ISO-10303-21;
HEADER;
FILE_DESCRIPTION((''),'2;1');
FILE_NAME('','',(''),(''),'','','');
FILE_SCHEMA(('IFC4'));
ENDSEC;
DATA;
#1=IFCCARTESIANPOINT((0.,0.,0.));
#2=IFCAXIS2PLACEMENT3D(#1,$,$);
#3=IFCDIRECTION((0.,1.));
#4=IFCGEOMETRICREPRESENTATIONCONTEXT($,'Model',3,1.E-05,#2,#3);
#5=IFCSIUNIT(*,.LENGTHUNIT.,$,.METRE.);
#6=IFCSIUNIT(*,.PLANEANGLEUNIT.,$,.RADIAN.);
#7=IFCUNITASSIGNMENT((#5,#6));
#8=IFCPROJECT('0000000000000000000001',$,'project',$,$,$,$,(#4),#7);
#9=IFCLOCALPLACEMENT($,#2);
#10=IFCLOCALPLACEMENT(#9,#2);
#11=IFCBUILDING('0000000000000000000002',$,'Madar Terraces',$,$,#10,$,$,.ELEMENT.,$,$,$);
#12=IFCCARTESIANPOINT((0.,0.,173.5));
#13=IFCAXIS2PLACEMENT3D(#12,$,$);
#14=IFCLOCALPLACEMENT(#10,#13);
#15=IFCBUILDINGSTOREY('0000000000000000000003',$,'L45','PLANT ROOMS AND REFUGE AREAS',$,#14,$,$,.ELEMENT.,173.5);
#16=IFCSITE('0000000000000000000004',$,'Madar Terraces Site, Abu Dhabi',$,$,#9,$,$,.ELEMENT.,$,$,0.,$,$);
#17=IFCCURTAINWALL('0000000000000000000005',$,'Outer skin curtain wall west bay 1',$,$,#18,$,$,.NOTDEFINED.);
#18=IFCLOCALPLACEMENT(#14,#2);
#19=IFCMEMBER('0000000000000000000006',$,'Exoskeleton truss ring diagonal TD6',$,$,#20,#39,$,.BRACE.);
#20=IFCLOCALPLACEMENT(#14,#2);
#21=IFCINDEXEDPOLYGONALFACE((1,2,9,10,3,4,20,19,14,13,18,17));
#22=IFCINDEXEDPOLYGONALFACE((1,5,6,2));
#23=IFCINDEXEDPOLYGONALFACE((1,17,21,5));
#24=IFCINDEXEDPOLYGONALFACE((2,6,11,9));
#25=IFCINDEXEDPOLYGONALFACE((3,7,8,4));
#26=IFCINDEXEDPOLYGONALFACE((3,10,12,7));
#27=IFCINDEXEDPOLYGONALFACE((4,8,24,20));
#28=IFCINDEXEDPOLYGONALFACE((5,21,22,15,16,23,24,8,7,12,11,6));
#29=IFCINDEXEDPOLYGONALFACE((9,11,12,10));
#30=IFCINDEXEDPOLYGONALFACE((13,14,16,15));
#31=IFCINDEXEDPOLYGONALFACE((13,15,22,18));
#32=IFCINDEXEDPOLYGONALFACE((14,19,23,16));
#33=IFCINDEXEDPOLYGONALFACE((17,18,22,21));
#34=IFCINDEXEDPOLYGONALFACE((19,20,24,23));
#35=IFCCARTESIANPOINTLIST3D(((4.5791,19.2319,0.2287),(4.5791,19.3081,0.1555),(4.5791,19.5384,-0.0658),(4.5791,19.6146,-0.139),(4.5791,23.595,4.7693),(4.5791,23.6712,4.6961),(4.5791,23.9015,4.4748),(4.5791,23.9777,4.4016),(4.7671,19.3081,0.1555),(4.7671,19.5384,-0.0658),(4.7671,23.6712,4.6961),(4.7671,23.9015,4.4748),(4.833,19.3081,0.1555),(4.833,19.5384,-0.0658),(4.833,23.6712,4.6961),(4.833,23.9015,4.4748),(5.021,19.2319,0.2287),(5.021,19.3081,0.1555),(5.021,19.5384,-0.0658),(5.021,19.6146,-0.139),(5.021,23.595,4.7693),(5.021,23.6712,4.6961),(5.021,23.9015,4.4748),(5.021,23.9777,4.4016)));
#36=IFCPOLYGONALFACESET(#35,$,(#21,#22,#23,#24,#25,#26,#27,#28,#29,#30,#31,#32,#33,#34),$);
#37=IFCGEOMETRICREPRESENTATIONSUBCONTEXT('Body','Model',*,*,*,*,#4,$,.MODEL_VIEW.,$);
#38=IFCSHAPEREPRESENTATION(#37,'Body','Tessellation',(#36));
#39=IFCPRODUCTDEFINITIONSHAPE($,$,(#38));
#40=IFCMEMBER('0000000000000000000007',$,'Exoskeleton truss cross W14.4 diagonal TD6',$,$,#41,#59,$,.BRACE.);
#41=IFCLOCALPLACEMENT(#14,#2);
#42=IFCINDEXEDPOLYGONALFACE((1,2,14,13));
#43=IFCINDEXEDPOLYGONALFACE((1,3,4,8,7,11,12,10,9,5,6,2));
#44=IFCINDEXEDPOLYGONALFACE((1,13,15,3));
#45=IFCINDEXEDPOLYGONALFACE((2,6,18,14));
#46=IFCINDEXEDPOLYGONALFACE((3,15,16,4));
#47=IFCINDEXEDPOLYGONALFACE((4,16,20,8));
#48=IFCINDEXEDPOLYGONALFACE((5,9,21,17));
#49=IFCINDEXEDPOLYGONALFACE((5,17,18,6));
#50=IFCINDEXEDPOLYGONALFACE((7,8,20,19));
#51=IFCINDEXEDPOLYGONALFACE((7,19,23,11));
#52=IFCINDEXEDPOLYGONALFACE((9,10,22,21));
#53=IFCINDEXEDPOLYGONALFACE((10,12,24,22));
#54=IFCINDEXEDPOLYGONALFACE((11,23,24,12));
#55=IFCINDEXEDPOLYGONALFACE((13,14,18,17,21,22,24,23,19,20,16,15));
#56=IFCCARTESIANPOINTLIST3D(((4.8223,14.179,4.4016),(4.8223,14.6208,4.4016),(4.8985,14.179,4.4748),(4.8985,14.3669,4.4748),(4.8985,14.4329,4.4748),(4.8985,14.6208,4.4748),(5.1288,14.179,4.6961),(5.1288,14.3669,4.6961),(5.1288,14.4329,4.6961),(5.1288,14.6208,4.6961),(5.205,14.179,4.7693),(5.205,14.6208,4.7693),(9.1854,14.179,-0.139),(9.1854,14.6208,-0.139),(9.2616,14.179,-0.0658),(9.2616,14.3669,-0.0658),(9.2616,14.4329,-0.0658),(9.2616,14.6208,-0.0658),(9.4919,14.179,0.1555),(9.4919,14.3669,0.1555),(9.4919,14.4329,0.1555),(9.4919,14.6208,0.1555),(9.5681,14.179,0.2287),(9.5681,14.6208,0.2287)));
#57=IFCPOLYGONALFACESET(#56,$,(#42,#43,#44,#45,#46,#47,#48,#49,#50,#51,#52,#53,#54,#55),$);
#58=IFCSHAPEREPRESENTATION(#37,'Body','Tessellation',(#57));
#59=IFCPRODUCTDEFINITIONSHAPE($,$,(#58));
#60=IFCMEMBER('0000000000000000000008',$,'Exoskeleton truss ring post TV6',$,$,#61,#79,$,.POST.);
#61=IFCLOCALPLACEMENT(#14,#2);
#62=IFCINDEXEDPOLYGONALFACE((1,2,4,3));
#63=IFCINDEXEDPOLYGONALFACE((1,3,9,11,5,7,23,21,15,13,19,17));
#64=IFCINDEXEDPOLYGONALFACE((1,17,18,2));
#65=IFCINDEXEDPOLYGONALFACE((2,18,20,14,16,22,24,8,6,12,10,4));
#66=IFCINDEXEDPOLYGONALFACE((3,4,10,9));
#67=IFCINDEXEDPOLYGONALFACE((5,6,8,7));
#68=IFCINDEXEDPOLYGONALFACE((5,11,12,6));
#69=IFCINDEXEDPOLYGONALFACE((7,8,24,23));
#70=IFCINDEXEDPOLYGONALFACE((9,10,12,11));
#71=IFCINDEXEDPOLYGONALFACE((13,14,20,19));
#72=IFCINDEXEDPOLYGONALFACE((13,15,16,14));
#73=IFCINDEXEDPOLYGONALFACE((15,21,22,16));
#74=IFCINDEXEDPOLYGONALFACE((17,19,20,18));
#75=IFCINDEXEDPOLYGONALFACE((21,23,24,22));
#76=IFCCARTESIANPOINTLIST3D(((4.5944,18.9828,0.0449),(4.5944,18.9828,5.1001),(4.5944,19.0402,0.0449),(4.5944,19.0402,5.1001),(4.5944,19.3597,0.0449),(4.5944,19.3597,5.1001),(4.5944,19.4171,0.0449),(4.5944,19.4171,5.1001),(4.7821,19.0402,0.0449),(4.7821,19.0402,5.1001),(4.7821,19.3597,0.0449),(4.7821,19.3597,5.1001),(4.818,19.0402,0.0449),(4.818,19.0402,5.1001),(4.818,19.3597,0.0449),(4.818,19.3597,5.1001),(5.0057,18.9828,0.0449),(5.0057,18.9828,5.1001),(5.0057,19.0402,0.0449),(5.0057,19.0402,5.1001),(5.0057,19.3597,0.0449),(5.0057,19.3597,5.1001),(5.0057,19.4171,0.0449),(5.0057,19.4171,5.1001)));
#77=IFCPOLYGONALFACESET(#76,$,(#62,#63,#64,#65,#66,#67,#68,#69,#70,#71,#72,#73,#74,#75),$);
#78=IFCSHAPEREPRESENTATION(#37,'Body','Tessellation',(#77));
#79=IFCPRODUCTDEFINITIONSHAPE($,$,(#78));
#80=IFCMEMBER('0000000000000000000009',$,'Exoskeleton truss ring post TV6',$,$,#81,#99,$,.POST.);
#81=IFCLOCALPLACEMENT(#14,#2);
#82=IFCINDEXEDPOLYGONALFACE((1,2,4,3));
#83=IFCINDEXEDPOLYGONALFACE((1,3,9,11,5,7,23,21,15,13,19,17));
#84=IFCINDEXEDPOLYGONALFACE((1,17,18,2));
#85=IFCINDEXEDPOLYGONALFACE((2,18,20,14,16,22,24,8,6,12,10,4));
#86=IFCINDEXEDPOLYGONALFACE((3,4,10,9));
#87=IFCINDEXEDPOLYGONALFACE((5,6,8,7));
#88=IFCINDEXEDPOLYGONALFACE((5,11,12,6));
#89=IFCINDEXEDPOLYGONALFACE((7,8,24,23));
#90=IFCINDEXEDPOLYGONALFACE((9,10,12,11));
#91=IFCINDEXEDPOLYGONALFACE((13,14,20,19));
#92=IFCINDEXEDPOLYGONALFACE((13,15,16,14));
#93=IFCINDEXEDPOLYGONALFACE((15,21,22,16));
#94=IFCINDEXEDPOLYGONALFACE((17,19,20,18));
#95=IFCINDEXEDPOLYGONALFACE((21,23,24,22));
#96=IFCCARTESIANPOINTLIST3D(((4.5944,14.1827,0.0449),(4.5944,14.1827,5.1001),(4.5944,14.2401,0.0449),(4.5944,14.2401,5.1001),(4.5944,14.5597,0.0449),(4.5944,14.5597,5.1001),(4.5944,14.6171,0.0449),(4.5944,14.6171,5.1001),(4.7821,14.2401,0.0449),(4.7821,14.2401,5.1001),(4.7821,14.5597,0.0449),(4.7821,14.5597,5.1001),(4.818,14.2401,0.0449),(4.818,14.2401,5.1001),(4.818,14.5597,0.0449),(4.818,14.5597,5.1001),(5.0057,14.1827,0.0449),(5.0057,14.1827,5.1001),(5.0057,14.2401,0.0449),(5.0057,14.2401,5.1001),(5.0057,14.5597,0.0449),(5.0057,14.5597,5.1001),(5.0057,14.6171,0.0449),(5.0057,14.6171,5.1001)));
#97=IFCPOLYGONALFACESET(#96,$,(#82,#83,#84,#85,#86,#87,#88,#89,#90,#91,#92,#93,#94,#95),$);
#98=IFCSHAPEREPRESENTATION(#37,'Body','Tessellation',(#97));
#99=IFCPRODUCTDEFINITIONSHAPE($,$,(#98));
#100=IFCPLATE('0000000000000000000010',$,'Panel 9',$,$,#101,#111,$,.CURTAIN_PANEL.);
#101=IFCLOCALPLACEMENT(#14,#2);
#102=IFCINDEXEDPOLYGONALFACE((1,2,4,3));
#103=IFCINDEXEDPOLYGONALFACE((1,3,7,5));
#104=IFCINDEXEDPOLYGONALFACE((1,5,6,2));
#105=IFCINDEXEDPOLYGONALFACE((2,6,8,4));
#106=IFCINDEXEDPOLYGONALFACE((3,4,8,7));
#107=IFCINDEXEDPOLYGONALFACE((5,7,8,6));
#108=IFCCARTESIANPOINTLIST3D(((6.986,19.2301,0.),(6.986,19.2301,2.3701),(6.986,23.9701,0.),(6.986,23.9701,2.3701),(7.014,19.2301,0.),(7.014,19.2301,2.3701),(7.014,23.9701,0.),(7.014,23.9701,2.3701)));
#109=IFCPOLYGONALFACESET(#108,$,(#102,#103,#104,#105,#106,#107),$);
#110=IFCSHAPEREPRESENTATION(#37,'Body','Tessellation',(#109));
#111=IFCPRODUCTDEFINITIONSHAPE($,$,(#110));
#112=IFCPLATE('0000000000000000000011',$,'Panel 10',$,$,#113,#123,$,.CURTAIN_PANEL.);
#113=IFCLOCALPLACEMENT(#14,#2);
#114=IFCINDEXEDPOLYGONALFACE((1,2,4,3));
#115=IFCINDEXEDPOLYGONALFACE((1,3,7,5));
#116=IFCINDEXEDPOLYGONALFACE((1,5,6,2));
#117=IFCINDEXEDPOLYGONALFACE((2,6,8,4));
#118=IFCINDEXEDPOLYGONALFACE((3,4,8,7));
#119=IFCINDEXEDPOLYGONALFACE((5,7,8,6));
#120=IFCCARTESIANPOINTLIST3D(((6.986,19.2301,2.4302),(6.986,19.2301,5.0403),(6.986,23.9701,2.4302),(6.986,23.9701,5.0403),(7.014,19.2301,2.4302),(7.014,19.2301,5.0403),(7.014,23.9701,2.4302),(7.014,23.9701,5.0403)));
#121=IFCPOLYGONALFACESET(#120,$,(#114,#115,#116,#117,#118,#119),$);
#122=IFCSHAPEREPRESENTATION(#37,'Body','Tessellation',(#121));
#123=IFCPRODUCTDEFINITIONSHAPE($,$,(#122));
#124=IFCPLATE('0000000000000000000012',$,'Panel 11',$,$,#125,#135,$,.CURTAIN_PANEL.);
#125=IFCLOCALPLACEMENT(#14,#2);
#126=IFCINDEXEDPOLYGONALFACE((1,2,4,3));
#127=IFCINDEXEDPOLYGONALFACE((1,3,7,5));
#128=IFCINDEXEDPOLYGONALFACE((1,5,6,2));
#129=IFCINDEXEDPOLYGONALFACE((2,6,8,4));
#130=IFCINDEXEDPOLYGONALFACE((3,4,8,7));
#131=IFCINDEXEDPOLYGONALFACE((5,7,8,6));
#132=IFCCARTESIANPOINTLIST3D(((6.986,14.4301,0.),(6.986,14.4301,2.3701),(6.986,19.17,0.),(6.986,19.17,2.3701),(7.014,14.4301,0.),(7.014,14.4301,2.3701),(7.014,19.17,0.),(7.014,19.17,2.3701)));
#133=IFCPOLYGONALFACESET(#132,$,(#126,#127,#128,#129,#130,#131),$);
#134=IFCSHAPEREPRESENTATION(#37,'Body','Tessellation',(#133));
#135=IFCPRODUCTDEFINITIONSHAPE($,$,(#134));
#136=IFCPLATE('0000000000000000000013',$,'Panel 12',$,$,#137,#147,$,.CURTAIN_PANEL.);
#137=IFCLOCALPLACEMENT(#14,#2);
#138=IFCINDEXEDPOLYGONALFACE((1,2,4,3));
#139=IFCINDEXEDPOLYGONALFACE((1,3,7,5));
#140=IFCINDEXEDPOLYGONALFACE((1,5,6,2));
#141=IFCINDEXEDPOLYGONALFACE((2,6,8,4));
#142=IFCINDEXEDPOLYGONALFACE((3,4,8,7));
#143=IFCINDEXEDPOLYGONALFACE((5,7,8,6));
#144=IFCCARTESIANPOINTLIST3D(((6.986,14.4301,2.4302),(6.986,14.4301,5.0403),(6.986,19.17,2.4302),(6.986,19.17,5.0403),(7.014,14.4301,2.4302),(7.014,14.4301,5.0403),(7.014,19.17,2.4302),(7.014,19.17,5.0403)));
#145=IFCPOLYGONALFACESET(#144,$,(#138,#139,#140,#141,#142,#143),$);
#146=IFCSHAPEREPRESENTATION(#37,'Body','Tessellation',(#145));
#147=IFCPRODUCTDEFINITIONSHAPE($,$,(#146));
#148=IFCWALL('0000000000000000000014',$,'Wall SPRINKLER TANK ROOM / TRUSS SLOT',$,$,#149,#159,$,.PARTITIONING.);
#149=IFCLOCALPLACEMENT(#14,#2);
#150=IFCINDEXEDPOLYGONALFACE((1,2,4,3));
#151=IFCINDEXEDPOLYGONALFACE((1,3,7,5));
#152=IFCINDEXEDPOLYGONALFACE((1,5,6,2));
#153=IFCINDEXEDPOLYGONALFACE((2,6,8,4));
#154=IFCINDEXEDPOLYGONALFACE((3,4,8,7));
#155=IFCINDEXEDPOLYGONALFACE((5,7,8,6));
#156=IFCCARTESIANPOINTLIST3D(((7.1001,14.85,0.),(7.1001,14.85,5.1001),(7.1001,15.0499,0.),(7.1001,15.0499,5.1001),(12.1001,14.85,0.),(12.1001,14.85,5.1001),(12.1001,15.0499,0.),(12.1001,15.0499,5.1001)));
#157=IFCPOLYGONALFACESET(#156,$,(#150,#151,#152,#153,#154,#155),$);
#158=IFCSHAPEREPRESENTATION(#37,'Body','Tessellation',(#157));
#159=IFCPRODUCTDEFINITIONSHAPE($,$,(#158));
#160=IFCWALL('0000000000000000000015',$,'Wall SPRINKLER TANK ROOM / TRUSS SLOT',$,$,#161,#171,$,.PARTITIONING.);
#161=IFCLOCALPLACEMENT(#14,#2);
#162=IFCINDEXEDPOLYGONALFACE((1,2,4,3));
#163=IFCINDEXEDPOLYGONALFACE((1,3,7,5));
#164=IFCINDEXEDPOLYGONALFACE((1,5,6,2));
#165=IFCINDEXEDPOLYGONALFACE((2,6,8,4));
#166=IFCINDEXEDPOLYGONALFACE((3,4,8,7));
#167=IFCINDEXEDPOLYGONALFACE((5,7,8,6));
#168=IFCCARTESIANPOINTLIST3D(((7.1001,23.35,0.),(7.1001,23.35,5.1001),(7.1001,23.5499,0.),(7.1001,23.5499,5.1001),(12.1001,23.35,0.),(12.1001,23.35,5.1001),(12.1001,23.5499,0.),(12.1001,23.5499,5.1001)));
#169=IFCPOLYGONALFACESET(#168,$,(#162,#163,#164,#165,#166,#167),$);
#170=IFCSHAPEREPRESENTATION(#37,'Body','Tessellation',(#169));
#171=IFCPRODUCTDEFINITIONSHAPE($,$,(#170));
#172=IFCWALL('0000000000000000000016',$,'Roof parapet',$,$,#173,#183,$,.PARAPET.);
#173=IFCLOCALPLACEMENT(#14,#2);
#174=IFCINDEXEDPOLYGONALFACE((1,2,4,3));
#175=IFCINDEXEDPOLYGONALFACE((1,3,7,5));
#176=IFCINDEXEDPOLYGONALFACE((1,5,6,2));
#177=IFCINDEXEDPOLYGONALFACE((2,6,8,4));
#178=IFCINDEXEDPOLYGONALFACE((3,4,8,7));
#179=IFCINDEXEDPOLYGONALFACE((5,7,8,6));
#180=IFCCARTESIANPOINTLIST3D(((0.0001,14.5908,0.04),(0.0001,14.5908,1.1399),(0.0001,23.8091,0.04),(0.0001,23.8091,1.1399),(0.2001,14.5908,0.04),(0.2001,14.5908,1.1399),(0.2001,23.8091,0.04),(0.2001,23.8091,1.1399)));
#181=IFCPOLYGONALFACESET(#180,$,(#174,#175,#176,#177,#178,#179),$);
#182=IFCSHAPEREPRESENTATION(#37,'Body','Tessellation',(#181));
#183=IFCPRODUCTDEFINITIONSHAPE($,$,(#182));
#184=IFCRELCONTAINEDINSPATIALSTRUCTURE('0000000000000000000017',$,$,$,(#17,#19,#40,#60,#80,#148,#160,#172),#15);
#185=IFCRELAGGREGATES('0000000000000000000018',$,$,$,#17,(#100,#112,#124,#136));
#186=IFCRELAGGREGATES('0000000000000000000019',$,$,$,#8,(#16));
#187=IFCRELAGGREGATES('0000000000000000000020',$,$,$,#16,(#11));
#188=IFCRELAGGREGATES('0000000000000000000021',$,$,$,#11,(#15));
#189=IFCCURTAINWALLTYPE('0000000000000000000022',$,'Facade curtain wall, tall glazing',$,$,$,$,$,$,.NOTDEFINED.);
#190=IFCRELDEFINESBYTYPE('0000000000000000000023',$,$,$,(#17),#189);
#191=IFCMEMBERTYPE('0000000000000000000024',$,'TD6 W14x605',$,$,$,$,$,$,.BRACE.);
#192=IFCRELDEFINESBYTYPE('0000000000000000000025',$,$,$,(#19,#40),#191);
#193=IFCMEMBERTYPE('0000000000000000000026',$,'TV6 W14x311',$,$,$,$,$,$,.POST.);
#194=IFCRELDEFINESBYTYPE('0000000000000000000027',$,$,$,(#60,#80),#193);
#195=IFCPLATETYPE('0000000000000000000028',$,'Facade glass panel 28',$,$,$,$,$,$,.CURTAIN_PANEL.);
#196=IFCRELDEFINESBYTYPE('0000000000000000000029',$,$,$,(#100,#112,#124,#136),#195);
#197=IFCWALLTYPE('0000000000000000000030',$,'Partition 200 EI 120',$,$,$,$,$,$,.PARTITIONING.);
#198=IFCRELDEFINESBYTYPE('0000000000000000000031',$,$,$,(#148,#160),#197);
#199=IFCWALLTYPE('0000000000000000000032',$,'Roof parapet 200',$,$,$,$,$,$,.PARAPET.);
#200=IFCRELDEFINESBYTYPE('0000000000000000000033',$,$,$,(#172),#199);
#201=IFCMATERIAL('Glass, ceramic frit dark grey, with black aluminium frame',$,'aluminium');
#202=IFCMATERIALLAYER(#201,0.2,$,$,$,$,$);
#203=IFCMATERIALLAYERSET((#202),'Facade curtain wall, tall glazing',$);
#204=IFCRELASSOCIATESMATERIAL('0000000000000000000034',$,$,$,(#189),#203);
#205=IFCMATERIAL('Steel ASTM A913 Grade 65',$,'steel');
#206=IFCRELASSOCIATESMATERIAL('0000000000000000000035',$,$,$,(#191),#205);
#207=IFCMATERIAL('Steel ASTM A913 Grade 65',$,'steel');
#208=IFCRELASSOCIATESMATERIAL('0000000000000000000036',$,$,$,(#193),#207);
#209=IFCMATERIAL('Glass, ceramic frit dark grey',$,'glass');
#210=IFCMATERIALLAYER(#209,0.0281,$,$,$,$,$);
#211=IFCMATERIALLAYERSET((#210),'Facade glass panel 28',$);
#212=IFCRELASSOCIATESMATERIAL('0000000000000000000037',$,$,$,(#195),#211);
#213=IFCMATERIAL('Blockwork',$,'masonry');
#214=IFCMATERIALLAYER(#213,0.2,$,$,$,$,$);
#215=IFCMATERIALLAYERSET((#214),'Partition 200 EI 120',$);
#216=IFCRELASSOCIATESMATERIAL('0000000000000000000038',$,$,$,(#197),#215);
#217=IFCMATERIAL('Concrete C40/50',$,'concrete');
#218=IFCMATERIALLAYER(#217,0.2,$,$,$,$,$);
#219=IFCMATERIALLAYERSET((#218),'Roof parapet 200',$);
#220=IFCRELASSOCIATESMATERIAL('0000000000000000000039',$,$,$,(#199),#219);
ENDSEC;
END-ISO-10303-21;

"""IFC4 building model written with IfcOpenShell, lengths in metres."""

from ifc_helpers import new_model, si_unit, direction, frame, frame_2d, origin, origin_2d, place, context, subcontext, project, spatial, rectangle, i_section, extrude, material, layer, layer_set, material_profile, profile_set, type_object, element, aggregate, save


model = new_model("IFC4")

# Units and contexts
model_context = context("Model", 3, precision=1e-05, world=origin(), true_north=direction((0.0, 1.0)))
body_context = subcontext(model_context, "Body", "Model", "MODEL_VIEW")
ifc_project = project(units=[si_unit("LENGTHUNIT", "METRE"), si_unit("PLANEANGLEUNIT", "RADIAN")], contexts=[model_context])

# Site, building, storey
site_placement = place(None, origin())
site = spatial("IfcSite", under=ifc_project, at=site_placement, Name="Madar Terraces Site, Abu Dhabi", CompositionType="ELEMENT", RefElevation=0.0)
building_placement = place(site_placement, origin())
building = spatial("IfcBuilding", under=site, at=building_placement, Name="Madar Terraces", CompositionType="ELEMENT")
storey_placement = place(building_placement, frame((0.0, 0.0, 173.5)))
storey = spatial("IfcBuildingStorey", under=building, at=storey_placement, Name="L45", Description="PLANT ROOMS AND REFUGE AREAS", CompositionType="ELEMENT", Elevation=173.5)

# Curtain wall
ifc_material_1 = material(Name="Glass, ceramic frit dark grey, with black aluminium frame", Category="aluminium")
ifc_layer_1 = layer(ifc_material_1, 0.2)
ifc_layer_set_1 = layer_set([ifc_layer_1], Name="Facade curtain wall, tall glazing")
curtain_wall_type = type_object("IfcCurtainWallType", Name="Facade curtain wall, tall glazing", PredefinedType="NOTDEFINED", material=ifc_layer_set_1)
curtain_wall_placement = place(storey_placement, origin())
curtain_wall = element("IfcCurtainWall", 1, at=curtain_wall_placement, inside=storey, type_object=curtain_wall_type, Name="Outer skin curtain wall west bay 1", PredefinedType="NOTDEFINED")

# Members
ifc_material_2 = material(Name="Steel ASTM A913 Grade 65", Category="steel")
ifc_material_profile_1 = material_profile(ifc_material_2, i_section(OverallWidth=0.4419, OverallDepth=0.5308, WebThickness=0.0659, FlangeThickness=0.1057, at=origin_2d()), Name="W14x605")
ifc_profile_set_1 = profile_set([ifc_material_profile_1], Name="Steel ASTM A913 Grade 65")
member_type_1 = type_object("IfcMemberType", Name="TD6 W14x605", PredefinedType="BRACE", material=ifc_profile_set_1)
for number, where, z_axis, x_axis, name in (
    (2, (4.8, 23.7864, 4.5854), (0.0, -0.692873, -0.72106), (1.0, 0.0, 0.0), "Exoskeleton truss ring diagonal TD6"),
    (3, (5.0137, 14.3999, 4.5854), (0.692873, 0.0, -0.72106), (0.0, 1.0, 0.0), "Exoskeleton truss cross W14.4 diagonal TD6"),
):
    element("IfcMember", number, at=place(storey_placement, frame(where, z_axis=z_axis, x_axis=x_axis)), inside=storey, type_object=member_type_1, Name=name, PredefinedType="BRACE", context=body_context, shape_type="SweptSolid", body=[
        extrude(i_section(OverallWidth=0.4419, OverallDepth=0.5308, WebThickness=0.0659, FlangeThickness=0.1057, at=origin_2d()), origin(), (0.0, 0.0, 1.0), 6.2971),
    ])
ifc_material_3 = material(Name="Steel ASTM A913 Grade 65", Category="steel")
ifc_material_profile_2 = material_profile(ifc_material_3, i_section(OverallWidth=0.4114, OverallDepth=0.4343, WebThickness=0.0359, FlangeThickness=0.0574, at=origin_2d()), Name="W14x311")
ifc_profile_set_2 = profile_set([ifc_material_profile_2], Name="Steel ASTM A913 Grade 65")
member_type_2 = type_object("IfcMemberType", Name="TV6 W14x311", PredefinedType="POST", material=ifc_profile_set_2)
for number, where, z_axis, x_axis, name in (
    (4, (4.8, 19.2, 0.0449), (0.0, 0.0, 1.0), (1.0, 0.0, 0.0), "Exoskeleton truss ring post TV6"),
    (5, (4.8, 14.3999, 0.0449), (0.0, 0.0, 1.0), (1.0, 0.0, 0.0), "Exoskeleton truss ring post TV6"),
):
    element("IfcMember", number, at=place(storey_placement, frame(where, z_axis=z_axis, x_axis=x_axis)), inside=storey, type_object=member_type_2, Name=name, PredefinedType="POST", context=body_context, shape_type="SweptSolid", body=[
        extrude(i_section(OverallWidth=0.4114, OverallDepth=0.4343, WebThickness=0.0359, FlangeThickness=0.0574, at=origin_2d()), origin(), (0.0, 0.0, 1.0), 5.0552),
    ])

# Plates
ifc_material_4 = material(Name="Glass, ceramic frit dark grey", Category="glass")
ifc_layer_2 = layer(ifc_material_4, 0.0281)
ifc_layer_set_2 = layer_set([ifc_layer_2], Name="Facade glass panel 28")
plate_type = type_object("IfcPlateType", Name="Facade glass panel 28", PredefinedType="CURTAIN_PANEL", material=ifc_layer_set_2)
plate_1_placement = place(storey_placement, frame((7.0, 21.6001, 0.0), z_axis=(0.0, 0.0, 1.0), x_axis=(0.0, -1.0, 0.0)))
plate_1 = element("IfcPlate", 6, at=plate_1_placement, type_object=plate_type, Name="Panel 9", PredefinedType="CURTAIN_PANEL", context=body_context, shape_type="SweptSolid", body=[
    extrude(rectangle(XDim=4.74, YDim=0.0281, at=origin_2d()), origin(), (0.0, 0.0, 1.0), 2.3701),
])
plate_2_placement = place(storey_placement, frame((7.0, 21.6001, 2.4302), z_axis=(0.0, 0.0, 1.0), x_axis=(0.0, -1.0, 0.0)))
plate_2 = element("IfcPlate", 7, at=plate_2_placement, type_object=plate_type, Name="Panel 10", PredefinedType="CURTAIN_PANEL", context=body_context, shape_type="SweptSolid", body=[
    extrude(rectangle(XDim=4.74, YDim=0.0281, at=origin_2d()), origin(), (0.0, 0.0, 1.0), 2.6101),
])
plate_3_placement = place(storey_placement, frame((7.0, 16.8, 0.0), z_axis=(0.0, 0.0, 1.0), x_axis=(0.0, -1.0, 0.0)))
plate_3 = element("IfcPlate", 8, at=plate_3_placement, type_object=plate_type, Name="Panel 11", PredefinedType="CURTAIN_PANEL", context=body_context, shape_type="SweptSolid", body=[
    extrude(rectangle(XDim=4.74, YDim=0.0281, at=origin_2d()), origin(), (0.0, 0.0, 1.0), 2.3701),
])
plate_4_placement = place(storey_placement, frame((7.0, 16.8, 2.4302), z_axis=(0.0, 0.0, 1.0), x_axis=(0.0, -1.0, 0.0)))
plate_4 = element("IfcPlate", 9, at=plate_4_placement, type_object=plate_type, Name="Panel 12", PredefinedType="CURTAIN_PANEL", context=body_context, shape_type="SweptSolid", body=[
    extrude(rectangle(XDim=4.74, YDim=0.0281, at=origin_2d()), origin(), (0.0, 0.0, 1.0), 2.6101),
])
aggregate(curtain_wall, [plate_1, plate_2, plate_3, plate_4])

# Walls
ifc_material_5 = material(Name="Blockwork", Category="masonry")
ifc_layer_3 = layer(ifc_material_5, 0.2)
ifc_layer_set_3 = layer_set([ifc_layer_3], Name="Partition 200 EI 120")
wall_type_1 = type_object("IfcWallType", Name="Partition 200 EI 120", PredefinedType="PARTITIONING", material=ifc_layer_set_3)
for number, where, z_axis, x_axis, name in (
    (10, (7.1001, 14.95, 0.0), (0.0, 0.0, 1.0), (1.0, 0.0, 0.0), "Wall SPRINKLER TANK ROOM / TRUSS SLOT"),
    (11, (7.1001, 23.45, 0.0), (0.0, 0.0, 1.0), (1.0, 0.0, 0.0), "Wall SPRINKLER TANK ROOM / TRUSS SLOT"),
):
    element("IfcWall", number, at=place(storey_placement, frame(where, z_axis=z_axis, x_axis=x_axis)), inside=storey, type_object=wall_type_1, Name=name, PredefinedType="PARTITIONING", context=body_context, shape_type="SweptSolid", body=[
        extrude(rectangle(XDim=5.0, YDim=0.2, at=frame_2d((2.5, 0.0))), origin(), (0.0, 0.0, 1.0), 5.1001),
    ])
ifc_material_6 = material(Name="Concrete C40/50", Category="concrete")
ifc_layer_4 = layer(ifc_material_6, 0.2)
ifc_layer_set_4 = layer_set([ifc_layer_4], Name="Roof parapet 200")
wall_type_2 = type_object("IfcWallType", Name="Roof parapet 200", PredefinedType="PARAPET", material=ifc_layer_set_4)
wall_placement = place(storey_placement, frame((0.1001, 23.8091, 0.04), z_axis=(0.0, 0.0, 1.0), x_axis=(0.0, -1.0, 0.0)))
element("IfcWall", 12, at=wall_placement, inside=storey, type_object=wall_type_2, Name="Roof parapet", PredefinedType="PARAPET", context=body_context, shape_type="SweptSolid", body=[
    extrude(rectangle(XDim=9.2183, YDim=0.2, at=frame_2d((4.6091, 0.0))), origin(), (0.0, 0.0, 1.0), 1.0999),
])

save(model, "model.ifc")
